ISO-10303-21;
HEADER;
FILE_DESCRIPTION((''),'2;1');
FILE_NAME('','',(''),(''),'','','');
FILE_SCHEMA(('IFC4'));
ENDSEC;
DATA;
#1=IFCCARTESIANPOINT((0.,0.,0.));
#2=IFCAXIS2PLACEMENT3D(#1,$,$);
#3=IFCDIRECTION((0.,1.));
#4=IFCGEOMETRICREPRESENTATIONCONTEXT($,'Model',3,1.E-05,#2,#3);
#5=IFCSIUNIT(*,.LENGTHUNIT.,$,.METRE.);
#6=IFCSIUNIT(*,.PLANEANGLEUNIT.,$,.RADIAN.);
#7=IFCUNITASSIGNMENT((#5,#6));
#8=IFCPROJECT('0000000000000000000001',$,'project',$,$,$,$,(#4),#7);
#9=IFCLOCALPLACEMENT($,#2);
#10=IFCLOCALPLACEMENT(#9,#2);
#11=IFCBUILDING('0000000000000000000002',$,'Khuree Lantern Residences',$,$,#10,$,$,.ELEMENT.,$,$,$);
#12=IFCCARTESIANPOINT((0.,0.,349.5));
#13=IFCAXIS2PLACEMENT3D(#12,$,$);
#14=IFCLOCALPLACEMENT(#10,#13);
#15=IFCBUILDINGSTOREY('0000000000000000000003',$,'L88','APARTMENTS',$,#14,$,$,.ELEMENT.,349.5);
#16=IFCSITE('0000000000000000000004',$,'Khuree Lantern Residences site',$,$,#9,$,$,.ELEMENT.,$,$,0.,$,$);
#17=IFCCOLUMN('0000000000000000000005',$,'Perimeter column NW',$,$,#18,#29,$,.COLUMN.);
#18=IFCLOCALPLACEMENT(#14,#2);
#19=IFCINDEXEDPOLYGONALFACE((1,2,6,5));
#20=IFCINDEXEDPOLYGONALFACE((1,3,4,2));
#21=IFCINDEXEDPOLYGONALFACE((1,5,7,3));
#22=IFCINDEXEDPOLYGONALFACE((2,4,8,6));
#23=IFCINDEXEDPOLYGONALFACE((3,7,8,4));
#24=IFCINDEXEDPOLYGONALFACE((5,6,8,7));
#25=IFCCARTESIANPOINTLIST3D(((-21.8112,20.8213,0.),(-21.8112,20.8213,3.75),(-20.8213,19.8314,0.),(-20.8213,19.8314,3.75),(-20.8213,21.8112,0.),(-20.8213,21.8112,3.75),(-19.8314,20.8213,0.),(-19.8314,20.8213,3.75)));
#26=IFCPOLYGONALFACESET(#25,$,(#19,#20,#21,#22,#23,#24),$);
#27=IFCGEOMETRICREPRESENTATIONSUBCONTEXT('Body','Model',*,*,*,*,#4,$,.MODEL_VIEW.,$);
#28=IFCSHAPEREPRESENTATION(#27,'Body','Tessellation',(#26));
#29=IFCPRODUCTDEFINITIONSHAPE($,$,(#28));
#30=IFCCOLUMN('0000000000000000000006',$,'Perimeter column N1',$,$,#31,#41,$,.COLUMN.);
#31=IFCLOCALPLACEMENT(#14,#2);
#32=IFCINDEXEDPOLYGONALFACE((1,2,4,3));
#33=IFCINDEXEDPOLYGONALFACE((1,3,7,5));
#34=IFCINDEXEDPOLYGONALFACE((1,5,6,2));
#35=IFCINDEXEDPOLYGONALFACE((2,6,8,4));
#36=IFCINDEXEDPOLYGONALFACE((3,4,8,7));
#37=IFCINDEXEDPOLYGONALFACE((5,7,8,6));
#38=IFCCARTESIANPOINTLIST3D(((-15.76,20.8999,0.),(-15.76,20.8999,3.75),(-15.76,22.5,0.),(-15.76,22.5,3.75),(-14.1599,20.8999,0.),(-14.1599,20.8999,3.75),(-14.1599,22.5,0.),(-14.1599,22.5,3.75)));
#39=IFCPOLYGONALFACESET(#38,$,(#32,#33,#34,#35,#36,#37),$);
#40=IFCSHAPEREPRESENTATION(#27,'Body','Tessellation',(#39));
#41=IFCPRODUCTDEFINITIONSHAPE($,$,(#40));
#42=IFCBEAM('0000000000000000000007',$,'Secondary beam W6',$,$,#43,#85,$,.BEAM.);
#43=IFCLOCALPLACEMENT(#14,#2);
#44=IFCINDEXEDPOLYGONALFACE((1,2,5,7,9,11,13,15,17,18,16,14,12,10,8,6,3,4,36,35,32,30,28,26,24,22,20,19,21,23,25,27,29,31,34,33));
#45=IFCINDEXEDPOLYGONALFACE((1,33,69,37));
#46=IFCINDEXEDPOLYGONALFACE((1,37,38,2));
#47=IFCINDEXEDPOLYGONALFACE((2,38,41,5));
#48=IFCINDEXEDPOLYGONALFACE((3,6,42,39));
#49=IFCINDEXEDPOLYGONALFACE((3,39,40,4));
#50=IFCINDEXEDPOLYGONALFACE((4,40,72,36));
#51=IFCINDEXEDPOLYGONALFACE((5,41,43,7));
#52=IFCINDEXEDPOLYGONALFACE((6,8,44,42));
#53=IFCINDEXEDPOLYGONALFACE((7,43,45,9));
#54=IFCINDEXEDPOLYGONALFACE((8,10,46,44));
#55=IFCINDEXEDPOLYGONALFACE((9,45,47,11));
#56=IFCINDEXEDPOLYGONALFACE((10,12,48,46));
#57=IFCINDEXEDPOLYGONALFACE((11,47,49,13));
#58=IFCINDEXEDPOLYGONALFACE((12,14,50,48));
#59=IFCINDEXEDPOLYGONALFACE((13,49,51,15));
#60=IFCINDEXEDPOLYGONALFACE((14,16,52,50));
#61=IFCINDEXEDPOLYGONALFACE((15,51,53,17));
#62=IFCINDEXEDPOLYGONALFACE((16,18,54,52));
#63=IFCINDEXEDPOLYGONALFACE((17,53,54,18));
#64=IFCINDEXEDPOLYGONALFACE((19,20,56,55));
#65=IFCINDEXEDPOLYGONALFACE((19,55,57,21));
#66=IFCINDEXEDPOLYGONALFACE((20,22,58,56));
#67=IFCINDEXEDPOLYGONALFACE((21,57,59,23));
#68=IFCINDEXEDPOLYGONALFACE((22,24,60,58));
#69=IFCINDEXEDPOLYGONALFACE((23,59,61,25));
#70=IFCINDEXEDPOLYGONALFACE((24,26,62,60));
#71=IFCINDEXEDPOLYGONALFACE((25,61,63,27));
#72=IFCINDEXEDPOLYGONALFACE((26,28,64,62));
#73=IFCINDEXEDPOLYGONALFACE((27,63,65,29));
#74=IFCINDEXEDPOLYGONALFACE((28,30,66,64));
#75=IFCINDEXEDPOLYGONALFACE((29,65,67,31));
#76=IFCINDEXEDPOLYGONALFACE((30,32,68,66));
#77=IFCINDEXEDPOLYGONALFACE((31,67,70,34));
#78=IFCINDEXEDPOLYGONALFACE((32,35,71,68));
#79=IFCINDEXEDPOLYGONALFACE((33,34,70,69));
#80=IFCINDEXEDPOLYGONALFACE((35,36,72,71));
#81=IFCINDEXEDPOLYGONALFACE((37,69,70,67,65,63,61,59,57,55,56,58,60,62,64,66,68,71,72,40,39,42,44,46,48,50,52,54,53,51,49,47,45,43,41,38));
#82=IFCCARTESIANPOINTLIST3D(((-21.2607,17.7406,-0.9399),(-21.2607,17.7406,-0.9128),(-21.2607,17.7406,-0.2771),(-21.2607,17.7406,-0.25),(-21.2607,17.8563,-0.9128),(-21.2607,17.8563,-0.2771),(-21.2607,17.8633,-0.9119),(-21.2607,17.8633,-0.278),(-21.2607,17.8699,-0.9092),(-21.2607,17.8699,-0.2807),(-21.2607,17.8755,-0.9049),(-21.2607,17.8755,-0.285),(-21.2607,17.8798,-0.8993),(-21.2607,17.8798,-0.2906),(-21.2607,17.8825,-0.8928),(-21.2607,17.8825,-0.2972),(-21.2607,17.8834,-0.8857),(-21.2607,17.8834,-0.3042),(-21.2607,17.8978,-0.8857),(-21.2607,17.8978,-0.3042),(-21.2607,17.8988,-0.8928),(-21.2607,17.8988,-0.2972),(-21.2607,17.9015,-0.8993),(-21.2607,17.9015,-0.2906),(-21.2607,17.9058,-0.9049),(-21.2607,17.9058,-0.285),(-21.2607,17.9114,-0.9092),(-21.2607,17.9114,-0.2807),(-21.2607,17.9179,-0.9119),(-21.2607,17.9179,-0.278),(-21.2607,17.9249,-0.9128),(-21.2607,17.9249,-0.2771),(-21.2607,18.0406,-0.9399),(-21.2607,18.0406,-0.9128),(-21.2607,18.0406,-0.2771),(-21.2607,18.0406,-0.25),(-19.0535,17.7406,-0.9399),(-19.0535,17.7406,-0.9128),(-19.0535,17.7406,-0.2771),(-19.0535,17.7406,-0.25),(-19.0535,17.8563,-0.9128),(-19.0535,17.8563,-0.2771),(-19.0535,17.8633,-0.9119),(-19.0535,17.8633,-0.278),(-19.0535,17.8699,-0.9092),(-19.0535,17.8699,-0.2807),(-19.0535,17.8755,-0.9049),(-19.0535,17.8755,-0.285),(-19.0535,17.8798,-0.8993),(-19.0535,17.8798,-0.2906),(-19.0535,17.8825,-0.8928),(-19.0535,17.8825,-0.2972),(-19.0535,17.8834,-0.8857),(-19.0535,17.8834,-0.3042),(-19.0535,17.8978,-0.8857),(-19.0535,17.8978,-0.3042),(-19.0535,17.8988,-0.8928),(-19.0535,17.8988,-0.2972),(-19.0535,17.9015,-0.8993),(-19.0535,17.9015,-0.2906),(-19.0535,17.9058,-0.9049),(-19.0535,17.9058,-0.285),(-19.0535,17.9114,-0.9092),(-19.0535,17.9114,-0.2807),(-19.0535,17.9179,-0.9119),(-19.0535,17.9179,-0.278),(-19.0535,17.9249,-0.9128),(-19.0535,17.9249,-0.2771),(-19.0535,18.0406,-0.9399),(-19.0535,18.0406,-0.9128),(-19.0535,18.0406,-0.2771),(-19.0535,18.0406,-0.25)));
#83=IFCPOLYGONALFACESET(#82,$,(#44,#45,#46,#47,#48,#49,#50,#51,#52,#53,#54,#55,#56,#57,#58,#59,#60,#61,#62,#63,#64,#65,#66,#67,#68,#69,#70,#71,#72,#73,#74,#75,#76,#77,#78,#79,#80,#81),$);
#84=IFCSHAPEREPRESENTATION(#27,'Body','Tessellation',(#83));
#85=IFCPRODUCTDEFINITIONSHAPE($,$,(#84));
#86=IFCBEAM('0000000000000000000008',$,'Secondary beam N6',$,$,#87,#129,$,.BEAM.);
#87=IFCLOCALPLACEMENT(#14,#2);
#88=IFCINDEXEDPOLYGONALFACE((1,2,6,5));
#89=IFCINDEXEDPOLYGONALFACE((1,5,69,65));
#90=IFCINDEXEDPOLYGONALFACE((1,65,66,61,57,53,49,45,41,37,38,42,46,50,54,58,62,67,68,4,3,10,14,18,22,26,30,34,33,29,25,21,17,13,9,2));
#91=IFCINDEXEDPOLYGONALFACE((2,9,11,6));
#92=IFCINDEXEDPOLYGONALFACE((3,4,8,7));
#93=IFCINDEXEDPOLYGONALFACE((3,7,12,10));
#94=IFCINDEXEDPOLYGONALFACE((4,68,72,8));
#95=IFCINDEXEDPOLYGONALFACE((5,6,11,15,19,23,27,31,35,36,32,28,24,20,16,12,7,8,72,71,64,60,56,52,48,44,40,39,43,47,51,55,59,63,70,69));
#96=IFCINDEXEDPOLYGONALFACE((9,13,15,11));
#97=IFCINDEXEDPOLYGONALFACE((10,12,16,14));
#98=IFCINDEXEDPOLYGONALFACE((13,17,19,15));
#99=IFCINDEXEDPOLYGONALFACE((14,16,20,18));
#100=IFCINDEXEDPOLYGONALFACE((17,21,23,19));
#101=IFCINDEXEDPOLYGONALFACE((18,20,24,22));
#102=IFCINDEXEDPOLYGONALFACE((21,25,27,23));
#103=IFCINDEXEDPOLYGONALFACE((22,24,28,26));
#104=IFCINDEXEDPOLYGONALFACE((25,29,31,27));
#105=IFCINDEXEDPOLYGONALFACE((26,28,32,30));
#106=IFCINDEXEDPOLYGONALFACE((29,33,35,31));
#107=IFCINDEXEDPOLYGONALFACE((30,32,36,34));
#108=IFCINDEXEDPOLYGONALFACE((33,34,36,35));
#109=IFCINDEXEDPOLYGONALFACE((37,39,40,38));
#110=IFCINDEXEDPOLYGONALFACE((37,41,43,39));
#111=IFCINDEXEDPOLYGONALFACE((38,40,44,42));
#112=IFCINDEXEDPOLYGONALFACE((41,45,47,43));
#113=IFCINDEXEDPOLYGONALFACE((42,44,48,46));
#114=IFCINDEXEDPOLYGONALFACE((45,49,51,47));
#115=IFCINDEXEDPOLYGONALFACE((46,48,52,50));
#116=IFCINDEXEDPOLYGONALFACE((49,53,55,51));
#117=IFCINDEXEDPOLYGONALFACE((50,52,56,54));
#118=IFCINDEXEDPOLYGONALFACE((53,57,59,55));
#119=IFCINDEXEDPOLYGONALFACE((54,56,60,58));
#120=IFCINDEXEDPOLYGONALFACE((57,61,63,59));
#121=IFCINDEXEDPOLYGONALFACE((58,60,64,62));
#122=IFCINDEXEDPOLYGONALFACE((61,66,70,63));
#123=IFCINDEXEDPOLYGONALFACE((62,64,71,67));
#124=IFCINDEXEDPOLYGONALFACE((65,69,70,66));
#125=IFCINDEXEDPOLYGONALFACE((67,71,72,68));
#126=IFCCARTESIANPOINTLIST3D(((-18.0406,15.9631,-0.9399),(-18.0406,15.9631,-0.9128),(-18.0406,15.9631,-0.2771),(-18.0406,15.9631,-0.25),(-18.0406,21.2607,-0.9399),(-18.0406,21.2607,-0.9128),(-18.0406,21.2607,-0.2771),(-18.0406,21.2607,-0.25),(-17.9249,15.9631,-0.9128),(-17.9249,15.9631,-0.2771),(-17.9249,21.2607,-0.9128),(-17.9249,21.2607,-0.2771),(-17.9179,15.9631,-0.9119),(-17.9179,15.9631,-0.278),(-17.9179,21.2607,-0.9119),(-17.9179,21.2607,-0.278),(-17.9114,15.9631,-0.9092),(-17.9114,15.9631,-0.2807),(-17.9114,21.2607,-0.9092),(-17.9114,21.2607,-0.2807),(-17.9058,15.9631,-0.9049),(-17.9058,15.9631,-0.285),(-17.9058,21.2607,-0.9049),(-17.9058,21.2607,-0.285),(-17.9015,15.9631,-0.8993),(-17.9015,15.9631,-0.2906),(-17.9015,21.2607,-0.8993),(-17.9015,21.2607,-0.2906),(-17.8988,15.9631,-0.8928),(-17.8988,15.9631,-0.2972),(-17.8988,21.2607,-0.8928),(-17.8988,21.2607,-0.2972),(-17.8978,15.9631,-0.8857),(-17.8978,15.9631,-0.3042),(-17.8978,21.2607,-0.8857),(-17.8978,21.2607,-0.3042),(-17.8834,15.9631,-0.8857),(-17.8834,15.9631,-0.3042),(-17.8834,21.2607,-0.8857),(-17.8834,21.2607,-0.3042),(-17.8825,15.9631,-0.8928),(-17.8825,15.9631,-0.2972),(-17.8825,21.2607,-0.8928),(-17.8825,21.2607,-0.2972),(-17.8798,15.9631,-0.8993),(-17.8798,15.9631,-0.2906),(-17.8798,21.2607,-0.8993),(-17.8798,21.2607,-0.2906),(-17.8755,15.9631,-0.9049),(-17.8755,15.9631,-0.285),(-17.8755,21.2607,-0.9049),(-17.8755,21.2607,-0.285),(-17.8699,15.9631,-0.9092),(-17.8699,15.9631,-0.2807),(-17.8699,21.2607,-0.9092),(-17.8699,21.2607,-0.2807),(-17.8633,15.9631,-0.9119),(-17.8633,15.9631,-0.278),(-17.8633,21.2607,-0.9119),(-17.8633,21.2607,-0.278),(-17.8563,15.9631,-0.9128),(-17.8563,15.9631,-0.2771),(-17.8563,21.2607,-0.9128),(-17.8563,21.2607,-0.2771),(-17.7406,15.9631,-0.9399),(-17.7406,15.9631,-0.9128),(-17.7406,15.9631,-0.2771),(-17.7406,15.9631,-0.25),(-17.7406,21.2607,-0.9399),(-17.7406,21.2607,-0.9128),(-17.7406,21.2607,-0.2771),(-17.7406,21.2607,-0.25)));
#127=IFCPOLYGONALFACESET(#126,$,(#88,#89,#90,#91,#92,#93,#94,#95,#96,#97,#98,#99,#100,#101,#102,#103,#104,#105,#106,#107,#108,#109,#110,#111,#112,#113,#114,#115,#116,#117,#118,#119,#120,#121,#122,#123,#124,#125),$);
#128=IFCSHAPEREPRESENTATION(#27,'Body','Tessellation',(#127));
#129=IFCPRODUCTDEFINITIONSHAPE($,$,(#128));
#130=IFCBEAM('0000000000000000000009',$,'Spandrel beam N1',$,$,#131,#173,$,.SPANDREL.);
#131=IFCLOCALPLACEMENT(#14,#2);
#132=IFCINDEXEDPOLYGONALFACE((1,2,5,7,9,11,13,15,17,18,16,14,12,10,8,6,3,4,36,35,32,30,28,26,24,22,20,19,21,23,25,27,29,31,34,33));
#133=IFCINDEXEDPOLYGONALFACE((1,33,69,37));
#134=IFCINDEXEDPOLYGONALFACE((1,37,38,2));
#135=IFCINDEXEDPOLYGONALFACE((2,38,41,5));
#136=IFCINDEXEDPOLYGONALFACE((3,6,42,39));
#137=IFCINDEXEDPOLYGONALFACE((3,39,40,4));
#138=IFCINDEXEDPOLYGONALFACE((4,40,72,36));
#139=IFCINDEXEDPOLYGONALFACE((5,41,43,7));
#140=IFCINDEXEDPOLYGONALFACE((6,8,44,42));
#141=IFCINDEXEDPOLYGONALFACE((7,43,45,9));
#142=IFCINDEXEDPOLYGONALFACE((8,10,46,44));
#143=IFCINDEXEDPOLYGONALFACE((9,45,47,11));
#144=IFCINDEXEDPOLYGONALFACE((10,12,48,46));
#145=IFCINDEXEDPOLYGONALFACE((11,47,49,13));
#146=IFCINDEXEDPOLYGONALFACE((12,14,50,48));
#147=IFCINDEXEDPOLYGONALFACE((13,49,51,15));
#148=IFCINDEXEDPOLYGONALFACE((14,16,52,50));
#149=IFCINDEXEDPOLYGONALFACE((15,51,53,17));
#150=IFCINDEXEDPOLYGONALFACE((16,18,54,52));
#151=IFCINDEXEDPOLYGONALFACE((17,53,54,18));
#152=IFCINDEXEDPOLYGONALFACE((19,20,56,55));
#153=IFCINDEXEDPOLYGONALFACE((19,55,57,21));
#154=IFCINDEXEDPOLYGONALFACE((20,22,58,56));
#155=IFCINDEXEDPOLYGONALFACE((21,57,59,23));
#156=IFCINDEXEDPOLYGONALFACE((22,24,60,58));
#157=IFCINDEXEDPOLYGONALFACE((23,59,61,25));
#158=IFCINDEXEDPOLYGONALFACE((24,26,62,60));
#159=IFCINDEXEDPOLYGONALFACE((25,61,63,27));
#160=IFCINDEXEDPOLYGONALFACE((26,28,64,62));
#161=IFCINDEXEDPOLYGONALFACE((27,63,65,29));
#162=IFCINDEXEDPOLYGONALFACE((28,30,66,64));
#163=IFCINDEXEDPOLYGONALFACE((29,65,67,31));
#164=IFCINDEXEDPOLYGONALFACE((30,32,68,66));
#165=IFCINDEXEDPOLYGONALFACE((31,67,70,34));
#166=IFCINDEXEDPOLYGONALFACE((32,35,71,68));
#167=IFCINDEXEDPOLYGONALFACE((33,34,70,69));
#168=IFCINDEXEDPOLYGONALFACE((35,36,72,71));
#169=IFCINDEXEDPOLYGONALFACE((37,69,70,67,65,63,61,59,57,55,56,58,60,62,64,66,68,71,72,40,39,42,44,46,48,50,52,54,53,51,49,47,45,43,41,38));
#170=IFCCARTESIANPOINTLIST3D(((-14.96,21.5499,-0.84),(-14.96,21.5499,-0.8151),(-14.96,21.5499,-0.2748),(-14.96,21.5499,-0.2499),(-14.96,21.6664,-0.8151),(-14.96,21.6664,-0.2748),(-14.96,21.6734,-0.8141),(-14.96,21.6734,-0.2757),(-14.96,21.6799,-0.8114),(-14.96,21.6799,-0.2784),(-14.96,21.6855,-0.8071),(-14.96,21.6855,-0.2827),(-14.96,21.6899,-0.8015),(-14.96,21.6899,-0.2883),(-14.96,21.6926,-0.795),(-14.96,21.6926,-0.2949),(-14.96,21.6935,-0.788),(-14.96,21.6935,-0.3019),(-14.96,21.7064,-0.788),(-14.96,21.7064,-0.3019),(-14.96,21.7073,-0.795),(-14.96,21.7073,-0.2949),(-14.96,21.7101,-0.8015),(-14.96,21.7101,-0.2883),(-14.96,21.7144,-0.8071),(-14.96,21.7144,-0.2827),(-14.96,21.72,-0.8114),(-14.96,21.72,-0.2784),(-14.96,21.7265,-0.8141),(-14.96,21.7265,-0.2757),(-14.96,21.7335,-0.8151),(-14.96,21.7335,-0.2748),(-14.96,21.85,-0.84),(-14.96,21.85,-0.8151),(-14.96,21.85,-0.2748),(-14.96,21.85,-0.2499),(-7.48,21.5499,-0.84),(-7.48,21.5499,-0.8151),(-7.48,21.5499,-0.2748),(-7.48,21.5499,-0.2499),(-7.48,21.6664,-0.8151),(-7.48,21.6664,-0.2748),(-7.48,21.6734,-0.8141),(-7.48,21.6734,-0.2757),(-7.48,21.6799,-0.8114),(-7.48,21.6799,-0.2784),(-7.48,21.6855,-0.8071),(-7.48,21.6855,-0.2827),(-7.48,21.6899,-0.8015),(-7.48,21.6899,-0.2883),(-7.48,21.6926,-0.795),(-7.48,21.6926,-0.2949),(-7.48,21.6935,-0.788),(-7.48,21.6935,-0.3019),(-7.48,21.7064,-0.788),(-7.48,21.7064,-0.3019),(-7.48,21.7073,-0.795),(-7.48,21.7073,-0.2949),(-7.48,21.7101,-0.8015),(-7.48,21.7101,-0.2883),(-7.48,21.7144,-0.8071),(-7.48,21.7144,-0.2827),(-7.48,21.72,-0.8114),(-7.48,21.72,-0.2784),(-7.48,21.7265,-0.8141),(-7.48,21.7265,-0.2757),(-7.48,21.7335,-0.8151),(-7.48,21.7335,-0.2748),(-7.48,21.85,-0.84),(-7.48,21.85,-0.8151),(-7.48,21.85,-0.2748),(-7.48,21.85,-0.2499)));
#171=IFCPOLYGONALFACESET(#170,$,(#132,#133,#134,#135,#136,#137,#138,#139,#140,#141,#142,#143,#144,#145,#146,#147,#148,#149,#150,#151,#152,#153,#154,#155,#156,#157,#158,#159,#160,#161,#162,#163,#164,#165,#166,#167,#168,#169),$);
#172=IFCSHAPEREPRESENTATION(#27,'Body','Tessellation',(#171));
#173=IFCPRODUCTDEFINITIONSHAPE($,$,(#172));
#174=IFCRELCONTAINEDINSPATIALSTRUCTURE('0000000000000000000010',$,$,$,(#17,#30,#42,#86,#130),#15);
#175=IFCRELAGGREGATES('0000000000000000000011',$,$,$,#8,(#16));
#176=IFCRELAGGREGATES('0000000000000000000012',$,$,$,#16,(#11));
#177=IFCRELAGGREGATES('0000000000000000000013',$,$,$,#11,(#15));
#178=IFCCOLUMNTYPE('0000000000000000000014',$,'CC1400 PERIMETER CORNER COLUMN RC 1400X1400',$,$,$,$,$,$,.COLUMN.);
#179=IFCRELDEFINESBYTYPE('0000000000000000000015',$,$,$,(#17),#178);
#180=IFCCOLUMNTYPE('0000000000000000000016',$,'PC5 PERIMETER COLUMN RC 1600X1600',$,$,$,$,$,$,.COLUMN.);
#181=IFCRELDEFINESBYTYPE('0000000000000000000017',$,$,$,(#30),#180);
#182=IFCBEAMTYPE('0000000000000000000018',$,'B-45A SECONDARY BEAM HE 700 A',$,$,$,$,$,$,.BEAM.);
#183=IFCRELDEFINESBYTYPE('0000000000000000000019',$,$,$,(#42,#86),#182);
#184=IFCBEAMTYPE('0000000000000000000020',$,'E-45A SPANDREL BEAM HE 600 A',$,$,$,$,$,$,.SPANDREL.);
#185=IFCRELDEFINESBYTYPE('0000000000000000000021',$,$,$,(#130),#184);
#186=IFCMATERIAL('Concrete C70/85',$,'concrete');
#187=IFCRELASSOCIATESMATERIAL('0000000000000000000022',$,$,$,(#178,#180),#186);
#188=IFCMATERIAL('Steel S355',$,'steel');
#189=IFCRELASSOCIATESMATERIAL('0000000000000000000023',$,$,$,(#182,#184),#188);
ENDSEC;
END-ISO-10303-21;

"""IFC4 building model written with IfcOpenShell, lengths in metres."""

from ifc_helpers import new_model, si_unit, direction, frame, origin, origin_2d, place, context, subcontext, project, spatial, rectangle, i_section, extrude, material, material_profile, profile_set, type_object, element, save


model = new_model("IFC4")

# Units and contexts
model_context = context("Model", 3, precision=1e-05, world=origin(), true_north=direction((0.0, 1.0)))
body_context = subcontext(model_context, "Body", "Model", "MODEL_VIEW")
ifc_project = project(units=[si_unit("LENGTHUNIT", "METRE"), si_unit("PLANEANGLEUNIT", "RADIAN")], contexts=[model_context])

# Site, building, storey
site_placement = place(None, origin())
site = spatial("IfcSite", under=ifc_project, at=site_placement, Name="Khuree Lantern Residences site", CompositionType="ELEMENT", RefElevation=0.0)
building_placement = place(site_placement, origin())
building = spatial("IfcBuilding", under=site, at=building_placement, Name="Khuree Lantern Residences", CompositionType="ELEMENT")
storey_placement = place(building_placement, frame((0.0, 0.0, 349.5)))
storey = spatial("IfcBuildingStorey", under=building, at=storey_placement, Name="L88", Description="APARTMENTS", CompositionType="ELEMENT", Elevation=349.5)

# Columns
ifc_material_1 = material(Name="Concrete C70/85", Category="concrete")
ifc_material_profile_1 = material_profile(ifc_material_1, rectangle(XDim=1.3999, YDim=1.3999, at=origin_2d()), Name="RC 1400X1400")
ifc_profile_set_1 = profile_set([ifc_material_profile_1], Name="Concrete C70/85")
column_type_1 = type_object("IfcColumnType", Name="CC1400 PERIMETER CORNER COLUMN RC 1400X1400", PredefinedType="COLUMN", material=ifc_profile_set_1)
column_1_placement = place(storey_placement, frame((-20.8213, 20.8213, 0.0), z_axis=(0.0, 0.0, 1.0), x_axis=(0.707107, 0.707107, 0.0)))
element("IfcColumn", 1, at=column_1_placement, inside=storey, type_object=column_type_1, Name="Perimeter column NW", PredefinedType="COLUMN", context=body_context, shape_type="SweptSolid", body=[
    extrude(rectangle(XDim=1.3999, YDim=1.3999, at=origin_2d()), origin(), (0.0, 0.0, 1.0), 3.75),
])
ifc_material_profile_2 = material_profile(ifc_material_1, rectangle(XDim=1.6001, YDim=1.6001, at=origin_2d()), Name="RC 1600X1600")
ifc_profile_set_2 = profile_set([ifc_material_profile_2], Name="Concrete C70/85")
column_type_2 = type_object("IfcColumnType", Name="PC5 PERIMETER COLUMN RC 1600X1600", PredefinedType="COLUMN", material=ifc_profile_set_2)
column_2_placement = place(storey_placement, frame((-14.96, 21.7, 0.0), z_axis=(0.0, 0.0, 1.0), x_axis=(1.0, 0.0, 0.0)))
element("IfcColumn", 2, at=column_2_placement, inside=storey, type_object=column_type_2, Name="Perimeter column N1", PredefinedType="COLUMN", context=body_context, shape_type="SweptSolid", body=[
    extrude(rectangle(XDim=1.6001, YDim=1.6001, at=origin_2d()), origin(), (0.0, 0.0, 1.0), 3.75),
])

# Beams
ifc_material_2 = material(Name="Steel S355", Category="steel")
ifc_material_profile_3 = material_profile(ifc_material_2, i_section(OverallWidth=0.3, OverallDepth=0.6899, WebThickness=0.0144, FlangeThickness=0.0271, FilletRadius=0.0271, at=origin_2d()), Name="HE 700 A")
ifc_profile_set_3 = profile_set([ifc_material_profile_3], Name="Steel S355")
beam_type_1 = type_object("IfcBeamType", Name="B-45A SECONDARY BEAM HE 700 A", PredefinedType="BEAM", material=ifc_profile_set_3)
beam_1_placement = place(storey_placement, frame((-21.2607, 17.8906, -0.595), z_axis=(1.0, 0.0, 0.0), x_axis=(0.0, 1.0, 0.0)))
element("IfcBeam", 3, at=beam_1_placement, inside=storey, type_object=beam_type_1, Name="Secondary beam W6", PredefinedType="BEAM", context=body_context, shape_type="SweptSolid", body=[
    extrude(i_section(OverallWidth=0.3, OverallDepth=0.6899, WebThickness=0.0144, FlangeThickness=0.0271, FilletRadius=0.0271, at=origin_2d()), origin(), (0.0, 0.0, 1.0), 2.2073),
])
beam_2_placement = place(storey_placement, frame((-17.8906, 21.2607, -0.595), z_axis=(0.0, -1.0, 0.0), x_axis=(1.0, 0.0, 0.0)))
element("IfcBeam", 4, at=beam_2_placement, inside=storey, type_object=beam_type_1, Name="Secondary beam N6", PredefinedType="BEAM", context=body_context, shape_type="SweptSolid", body=[
    extrude(i_section(OverallWidth=0.3, OverallDepth=0.6899, WebThickness=0.0144, FlangeThickness=0.0271, FilletRadius=0.0271, at=origin_2d()), origin(), (0.0, 0.0, 1.0), 5.2976),
])
ifc_material_profile_4 = material_profile(ifc_material_2, i_section(OverallWidth=0.3, OverallDepth=0.5901, WebThickness=0.0129, FlangeThickness=0.0249, FilletRadius=0.0271, at=origin_2d()), Name="HE 600 A")
ifc_profile_set_4 = profile_set([ifc_material_profile_4], Name="Steel S355")
beam_type_2 = type_object("IfcBeamType", Name="E-45A SPANDREL BEAM HE 600 A", PredefinedType="SPANDREL", material=ifc_profile_set_4)
beam_3_placement = place(storey_placement, frame((-14.96, 21.7, -0.5449), z_axis=(1.0, 0.0, 0.0), x_axis=(0.0, 1.0, 0.0)))
element("IfcBeam", 5, at=beam_3_placement, inside=storey, type_object=beam_type_2, Name="Spandrel beam N1", PredefinedType="SPANDREL", context=body_context, shape_type="SweptSolid", body=[
    extrude(i_section(OverallWidth=0.3, OverallDepth=0.5901, WebThickness=0.0129, FlangeThickness=0.0249, FilletRadius=0.0271, at=origin_2d()), origin(), (0.0, 0.0, 1.0), 7.48),
])

save(model, "model.ifc")
